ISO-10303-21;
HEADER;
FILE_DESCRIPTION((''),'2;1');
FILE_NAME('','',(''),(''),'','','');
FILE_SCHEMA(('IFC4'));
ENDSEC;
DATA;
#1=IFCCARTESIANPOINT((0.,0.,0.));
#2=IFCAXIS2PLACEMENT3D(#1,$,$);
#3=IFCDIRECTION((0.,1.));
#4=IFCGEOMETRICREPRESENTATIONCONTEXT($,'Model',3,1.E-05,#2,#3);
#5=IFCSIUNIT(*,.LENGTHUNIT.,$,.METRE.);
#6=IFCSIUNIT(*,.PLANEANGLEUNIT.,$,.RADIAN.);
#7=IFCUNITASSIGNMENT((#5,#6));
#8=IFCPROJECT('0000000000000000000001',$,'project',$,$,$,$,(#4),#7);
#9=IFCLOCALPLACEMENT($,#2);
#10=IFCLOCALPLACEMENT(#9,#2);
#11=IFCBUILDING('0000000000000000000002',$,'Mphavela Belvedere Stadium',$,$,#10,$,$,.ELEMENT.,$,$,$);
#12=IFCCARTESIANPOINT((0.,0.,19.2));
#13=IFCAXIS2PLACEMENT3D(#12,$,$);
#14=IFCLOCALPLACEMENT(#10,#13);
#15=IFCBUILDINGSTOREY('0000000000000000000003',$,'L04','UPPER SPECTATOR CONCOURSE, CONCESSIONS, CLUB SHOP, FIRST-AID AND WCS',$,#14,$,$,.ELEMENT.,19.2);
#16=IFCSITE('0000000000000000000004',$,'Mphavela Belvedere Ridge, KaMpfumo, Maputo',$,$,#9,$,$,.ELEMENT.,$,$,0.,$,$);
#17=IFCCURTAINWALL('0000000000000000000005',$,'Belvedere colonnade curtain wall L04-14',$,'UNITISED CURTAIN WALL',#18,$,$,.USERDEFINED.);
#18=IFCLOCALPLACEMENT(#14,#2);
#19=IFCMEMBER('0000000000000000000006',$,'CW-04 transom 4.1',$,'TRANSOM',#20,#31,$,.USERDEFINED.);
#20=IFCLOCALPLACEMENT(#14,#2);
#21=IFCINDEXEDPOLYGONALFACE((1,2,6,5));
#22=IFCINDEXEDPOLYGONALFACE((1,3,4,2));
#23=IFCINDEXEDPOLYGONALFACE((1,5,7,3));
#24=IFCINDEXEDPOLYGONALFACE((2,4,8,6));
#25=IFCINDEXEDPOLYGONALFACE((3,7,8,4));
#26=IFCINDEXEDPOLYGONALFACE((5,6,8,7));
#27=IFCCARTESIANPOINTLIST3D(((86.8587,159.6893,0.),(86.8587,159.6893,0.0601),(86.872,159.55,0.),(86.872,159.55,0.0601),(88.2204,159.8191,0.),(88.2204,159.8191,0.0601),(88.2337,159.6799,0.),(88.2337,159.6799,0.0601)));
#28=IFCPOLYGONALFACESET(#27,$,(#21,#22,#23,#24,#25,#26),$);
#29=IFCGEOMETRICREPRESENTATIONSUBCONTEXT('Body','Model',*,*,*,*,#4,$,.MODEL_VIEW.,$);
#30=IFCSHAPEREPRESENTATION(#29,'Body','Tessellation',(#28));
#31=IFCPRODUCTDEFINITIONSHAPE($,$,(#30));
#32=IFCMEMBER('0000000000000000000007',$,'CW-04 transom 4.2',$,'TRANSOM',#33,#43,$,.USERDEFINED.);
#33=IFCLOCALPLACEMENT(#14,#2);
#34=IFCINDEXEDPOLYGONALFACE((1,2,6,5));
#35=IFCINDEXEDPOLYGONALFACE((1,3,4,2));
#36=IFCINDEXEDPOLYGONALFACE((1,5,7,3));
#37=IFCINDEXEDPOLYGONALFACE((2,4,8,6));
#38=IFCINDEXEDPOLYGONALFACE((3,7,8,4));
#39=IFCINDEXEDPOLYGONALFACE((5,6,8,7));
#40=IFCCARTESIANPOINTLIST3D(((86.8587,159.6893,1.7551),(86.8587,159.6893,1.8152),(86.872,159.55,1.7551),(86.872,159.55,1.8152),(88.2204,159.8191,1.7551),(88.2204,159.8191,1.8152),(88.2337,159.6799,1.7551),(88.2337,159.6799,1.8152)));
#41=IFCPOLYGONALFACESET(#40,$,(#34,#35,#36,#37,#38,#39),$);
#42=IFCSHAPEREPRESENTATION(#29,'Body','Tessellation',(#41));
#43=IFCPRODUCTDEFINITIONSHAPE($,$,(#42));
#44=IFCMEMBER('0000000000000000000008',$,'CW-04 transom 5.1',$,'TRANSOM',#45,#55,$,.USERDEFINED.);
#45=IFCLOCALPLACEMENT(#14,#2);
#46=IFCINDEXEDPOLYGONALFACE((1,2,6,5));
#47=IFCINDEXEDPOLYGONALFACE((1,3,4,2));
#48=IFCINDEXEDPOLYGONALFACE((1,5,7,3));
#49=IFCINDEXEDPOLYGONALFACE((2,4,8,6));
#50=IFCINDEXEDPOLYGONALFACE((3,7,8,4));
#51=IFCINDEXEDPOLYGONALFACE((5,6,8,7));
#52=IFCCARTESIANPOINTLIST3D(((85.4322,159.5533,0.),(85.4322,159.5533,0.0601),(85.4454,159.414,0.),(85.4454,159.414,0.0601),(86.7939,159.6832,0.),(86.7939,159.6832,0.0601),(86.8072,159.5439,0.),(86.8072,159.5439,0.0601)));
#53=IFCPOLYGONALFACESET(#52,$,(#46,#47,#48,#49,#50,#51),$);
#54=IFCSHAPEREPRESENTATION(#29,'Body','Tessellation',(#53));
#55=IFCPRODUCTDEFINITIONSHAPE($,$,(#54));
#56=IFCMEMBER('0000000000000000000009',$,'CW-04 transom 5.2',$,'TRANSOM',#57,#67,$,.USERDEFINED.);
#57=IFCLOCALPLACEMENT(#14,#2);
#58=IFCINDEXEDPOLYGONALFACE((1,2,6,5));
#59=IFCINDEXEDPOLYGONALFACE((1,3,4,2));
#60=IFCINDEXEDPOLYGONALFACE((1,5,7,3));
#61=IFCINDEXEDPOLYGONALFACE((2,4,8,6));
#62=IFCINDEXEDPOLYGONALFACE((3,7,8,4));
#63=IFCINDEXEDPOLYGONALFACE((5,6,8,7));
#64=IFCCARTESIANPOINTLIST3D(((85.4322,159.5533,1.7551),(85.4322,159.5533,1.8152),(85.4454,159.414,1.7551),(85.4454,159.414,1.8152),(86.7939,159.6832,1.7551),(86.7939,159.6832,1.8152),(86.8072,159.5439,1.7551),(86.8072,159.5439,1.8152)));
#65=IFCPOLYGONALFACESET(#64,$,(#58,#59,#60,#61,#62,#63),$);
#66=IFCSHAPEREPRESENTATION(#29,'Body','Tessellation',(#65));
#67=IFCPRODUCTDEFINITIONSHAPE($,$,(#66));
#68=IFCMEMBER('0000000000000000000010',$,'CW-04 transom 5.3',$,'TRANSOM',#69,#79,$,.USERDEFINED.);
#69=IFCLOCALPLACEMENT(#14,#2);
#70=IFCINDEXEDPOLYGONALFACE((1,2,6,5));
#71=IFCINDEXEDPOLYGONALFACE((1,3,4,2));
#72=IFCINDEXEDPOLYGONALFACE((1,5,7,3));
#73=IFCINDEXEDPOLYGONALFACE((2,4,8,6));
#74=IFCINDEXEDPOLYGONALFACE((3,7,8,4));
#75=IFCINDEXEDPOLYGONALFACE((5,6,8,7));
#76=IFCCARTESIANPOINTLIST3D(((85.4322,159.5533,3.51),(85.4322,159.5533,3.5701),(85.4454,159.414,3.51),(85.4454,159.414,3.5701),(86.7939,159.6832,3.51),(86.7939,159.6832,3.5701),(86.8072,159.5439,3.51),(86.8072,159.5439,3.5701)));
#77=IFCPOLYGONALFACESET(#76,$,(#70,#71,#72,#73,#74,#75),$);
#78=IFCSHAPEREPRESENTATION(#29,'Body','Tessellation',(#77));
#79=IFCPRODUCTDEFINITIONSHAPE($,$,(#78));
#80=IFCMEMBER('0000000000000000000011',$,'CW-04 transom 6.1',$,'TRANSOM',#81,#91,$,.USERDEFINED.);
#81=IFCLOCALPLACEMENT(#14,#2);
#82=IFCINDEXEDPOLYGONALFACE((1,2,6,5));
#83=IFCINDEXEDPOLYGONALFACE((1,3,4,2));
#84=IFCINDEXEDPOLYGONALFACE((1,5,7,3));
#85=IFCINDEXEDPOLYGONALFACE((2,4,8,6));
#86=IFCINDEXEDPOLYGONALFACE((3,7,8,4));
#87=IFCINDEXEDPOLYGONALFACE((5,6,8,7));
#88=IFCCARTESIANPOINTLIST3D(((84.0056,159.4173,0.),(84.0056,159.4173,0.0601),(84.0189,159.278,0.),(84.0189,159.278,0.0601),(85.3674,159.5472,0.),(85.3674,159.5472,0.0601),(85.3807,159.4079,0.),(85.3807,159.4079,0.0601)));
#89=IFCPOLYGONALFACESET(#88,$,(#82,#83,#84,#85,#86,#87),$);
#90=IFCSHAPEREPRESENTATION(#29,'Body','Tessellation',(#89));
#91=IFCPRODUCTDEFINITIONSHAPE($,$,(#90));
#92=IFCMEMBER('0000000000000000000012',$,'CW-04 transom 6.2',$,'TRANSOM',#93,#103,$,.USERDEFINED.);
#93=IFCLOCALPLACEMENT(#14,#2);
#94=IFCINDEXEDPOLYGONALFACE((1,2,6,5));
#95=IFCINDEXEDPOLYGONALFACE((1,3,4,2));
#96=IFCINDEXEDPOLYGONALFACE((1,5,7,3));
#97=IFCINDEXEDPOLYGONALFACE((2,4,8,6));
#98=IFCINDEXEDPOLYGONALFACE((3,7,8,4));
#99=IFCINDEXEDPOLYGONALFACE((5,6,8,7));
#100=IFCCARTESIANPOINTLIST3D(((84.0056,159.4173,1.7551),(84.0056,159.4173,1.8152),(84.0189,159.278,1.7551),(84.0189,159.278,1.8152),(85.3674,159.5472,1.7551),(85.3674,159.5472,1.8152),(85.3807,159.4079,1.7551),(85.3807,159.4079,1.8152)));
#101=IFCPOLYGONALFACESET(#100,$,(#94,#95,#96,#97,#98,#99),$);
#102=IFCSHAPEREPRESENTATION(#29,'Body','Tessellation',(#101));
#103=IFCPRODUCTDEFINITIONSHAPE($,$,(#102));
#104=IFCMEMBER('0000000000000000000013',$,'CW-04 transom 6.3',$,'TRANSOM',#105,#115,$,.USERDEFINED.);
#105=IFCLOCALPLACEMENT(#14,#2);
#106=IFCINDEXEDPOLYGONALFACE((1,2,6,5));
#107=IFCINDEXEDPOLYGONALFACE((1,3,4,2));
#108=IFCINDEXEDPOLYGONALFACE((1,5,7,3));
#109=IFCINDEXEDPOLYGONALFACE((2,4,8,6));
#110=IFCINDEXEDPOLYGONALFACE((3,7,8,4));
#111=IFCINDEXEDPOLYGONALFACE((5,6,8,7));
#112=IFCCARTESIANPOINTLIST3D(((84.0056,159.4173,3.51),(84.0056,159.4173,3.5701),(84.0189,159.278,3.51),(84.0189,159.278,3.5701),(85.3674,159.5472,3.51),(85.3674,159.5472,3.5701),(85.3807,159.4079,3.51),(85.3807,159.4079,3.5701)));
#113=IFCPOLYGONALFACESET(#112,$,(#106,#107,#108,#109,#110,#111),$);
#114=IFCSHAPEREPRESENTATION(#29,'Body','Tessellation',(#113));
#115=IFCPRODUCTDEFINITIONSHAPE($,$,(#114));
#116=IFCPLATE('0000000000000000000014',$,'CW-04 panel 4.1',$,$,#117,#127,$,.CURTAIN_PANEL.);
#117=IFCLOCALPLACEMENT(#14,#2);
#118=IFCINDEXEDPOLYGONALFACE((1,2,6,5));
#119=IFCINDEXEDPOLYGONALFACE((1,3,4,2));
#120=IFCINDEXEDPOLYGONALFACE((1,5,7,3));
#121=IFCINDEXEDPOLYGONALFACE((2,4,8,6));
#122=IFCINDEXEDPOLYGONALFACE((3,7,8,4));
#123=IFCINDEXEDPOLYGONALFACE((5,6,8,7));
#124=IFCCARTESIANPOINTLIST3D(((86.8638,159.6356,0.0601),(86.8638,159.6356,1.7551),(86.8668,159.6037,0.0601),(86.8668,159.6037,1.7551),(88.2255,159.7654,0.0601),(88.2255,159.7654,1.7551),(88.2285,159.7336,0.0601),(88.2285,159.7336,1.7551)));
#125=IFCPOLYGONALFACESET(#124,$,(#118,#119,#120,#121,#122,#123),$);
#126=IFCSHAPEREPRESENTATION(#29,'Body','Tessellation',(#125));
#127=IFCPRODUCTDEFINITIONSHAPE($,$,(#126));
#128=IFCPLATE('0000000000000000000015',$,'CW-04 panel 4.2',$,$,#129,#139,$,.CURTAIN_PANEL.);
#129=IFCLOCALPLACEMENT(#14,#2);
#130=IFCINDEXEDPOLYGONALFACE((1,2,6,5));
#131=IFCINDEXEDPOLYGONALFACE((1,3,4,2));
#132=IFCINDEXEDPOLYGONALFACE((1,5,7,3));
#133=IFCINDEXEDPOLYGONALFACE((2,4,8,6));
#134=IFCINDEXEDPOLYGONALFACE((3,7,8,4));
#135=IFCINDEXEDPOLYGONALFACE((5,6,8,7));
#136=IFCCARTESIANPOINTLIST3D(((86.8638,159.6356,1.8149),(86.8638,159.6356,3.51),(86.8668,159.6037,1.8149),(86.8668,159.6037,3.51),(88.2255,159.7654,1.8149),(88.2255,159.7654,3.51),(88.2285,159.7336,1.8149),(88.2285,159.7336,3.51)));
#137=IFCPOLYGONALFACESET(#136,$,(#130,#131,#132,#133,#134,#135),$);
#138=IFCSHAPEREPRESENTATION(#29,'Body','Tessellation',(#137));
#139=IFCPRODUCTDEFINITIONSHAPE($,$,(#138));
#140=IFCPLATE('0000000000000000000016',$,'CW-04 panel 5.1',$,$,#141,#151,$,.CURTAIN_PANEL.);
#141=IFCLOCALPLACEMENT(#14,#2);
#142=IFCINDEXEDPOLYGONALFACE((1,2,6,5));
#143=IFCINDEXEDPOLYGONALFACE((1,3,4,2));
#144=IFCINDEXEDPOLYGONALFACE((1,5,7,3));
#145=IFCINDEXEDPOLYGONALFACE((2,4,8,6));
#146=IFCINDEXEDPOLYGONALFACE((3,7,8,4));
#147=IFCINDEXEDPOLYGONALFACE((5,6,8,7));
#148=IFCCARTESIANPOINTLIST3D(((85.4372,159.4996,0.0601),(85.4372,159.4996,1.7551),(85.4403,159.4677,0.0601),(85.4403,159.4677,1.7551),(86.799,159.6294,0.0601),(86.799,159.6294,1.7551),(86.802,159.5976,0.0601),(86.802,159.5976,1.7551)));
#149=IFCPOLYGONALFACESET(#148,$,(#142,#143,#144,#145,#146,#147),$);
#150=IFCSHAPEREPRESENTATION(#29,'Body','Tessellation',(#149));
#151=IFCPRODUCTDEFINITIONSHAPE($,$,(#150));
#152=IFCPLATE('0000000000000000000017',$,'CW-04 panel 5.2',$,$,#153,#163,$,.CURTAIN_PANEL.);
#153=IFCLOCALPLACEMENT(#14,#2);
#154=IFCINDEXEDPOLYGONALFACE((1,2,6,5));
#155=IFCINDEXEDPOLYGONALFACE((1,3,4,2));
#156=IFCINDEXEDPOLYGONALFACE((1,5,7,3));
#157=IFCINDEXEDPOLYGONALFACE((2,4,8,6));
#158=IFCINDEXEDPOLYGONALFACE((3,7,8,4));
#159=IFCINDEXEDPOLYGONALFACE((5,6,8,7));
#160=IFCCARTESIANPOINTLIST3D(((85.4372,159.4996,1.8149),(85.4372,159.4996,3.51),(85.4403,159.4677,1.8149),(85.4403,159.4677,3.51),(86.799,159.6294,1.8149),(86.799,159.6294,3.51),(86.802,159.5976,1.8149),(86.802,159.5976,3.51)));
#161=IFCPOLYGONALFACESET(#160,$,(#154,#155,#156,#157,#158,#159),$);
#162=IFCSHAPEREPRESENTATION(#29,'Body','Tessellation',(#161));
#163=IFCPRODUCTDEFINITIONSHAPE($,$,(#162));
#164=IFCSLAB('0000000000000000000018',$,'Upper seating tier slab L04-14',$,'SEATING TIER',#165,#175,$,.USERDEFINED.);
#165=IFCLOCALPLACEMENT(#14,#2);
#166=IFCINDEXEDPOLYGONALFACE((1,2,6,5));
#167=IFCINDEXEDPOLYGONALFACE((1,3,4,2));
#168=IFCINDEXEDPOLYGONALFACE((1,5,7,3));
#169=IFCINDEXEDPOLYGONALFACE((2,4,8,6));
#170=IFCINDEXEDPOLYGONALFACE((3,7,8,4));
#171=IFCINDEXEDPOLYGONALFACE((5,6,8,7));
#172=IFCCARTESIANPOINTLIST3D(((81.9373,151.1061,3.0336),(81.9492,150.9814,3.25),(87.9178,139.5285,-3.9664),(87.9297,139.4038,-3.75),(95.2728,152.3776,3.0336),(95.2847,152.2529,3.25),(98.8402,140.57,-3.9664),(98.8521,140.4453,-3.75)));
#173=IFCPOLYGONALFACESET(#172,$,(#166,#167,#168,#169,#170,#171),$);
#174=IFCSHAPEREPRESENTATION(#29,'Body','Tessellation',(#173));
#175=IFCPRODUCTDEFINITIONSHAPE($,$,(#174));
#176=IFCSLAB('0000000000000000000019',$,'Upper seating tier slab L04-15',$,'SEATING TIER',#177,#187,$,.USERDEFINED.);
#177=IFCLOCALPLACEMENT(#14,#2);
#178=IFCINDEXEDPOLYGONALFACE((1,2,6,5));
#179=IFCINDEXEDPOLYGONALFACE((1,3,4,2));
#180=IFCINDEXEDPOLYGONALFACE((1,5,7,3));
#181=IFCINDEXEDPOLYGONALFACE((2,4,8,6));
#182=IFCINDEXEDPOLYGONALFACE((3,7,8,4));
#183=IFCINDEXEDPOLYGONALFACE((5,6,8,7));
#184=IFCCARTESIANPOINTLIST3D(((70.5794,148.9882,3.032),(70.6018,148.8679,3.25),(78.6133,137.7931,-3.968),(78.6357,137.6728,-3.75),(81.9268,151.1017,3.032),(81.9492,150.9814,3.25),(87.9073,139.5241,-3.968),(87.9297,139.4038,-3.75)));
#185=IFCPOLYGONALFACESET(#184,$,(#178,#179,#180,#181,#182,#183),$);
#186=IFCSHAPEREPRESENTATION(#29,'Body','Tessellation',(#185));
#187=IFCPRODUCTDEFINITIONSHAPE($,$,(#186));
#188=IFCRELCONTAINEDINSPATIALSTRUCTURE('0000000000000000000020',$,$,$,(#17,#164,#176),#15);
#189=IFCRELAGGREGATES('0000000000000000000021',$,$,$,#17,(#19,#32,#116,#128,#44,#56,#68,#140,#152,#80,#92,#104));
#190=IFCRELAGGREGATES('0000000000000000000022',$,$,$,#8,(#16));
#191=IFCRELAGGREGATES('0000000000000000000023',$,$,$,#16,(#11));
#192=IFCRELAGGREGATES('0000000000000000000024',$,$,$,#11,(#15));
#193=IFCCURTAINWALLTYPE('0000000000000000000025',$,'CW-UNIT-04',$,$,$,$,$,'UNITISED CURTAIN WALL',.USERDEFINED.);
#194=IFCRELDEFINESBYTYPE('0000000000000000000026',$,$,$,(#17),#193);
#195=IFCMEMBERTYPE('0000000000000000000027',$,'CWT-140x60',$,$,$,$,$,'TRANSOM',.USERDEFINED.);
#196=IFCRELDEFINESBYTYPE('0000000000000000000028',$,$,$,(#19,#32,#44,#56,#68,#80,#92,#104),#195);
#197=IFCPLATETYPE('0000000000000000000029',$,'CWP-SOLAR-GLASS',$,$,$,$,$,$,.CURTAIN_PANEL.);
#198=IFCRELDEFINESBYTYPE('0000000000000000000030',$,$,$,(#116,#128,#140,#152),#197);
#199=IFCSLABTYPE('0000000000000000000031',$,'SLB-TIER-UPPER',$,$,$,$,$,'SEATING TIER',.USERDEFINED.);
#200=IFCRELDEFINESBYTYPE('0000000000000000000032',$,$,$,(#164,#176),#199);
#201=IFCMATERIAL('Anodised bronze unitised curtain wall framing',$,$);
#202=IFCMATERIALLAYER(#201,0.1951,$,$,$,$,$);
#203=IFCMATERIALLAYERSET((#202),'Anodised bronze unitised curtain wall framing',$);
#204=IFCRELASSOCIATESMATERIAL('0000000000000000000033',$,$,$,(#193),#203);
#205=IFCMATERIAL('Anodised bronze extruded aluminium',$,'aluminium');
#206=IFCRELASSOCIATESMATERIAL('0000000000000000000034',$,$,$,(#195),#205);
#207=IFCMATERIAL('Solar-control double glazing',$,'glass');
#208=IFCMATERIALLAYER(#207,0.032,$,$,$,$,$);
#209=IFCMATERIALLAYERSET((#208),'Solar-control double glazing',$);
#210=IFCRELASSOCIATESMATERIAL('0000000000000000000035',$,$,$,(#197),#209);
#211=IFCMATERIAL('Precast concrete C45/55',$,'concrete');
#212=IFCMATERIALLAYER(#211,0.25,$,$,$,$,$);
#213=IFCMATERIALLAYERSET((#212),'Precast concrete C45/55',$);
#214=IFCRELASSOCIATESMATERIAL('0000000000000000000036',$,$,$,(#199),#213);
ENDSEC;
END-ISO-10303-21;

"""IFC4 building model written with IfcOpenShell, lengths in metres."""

from ifc_helpers import new_model, si_unit, direction, frame, origin, origin_2d, place, context, subcontext, project, spatial, polyline, rectangle, outline, extrude, material, layer, layer_set, material_profile, profile_set, type_object, element, aggregate, save


model = new_model("IFC4")

# Units and contexts
model_context = context("Model", 3, precision=1e-05, world=origin(), true_north=direction((0.0, 1.0)))
body_context = subcontext(model_context, "Body", "Model", "MODEL_VIEW")
ifc_project = project(units=[si_unit("LENGTHUNIT", "METRE"), si_unit("PLANEANGLEUNIT", "RADIAN")], contexts=[model_context])

# Site, building, storey
site_placement = place(None, origin())
site = spatial("IfcSite", under=ifc_project, at=site_placement, Name="Mphavela Belvedere Ridge, KaMpfumo, Maputo", CompositionType="ELEMENT", RefElevation=0.0)
building_placement = place(site_placement, origin())
building = spatial("IfcBuilding", under=site, at=building_placement, Name="Mphavela Belvedere Stadium", CompositionType="ELEMENT")
storey_placement = place(building_placement, frame((0.0, 0.0, 19.2)))
storey = spatial("IfcBuildingStorey", under=building, at=storey_placement, Name="L04", Description="UPPER SPECTATOR CONCOURSE, CONCESSIONS, CLUB SHOP, FIRST-AID AND WCS", CompositionType="ELEMENT", Elevation=19.2)

# Curtain wall, members, plates
ifc_material_1 = material(Name="Anodised bronze unitised curtain wall framing")
ifc_layer_1 = layer(ifc_material_1, 0.1951)
ifc_layer_set_1 = layer_set([ifc_layer_1], Name="Anodised bronze unitised curtain wall framing")
curtain_wall_type = type_object("IfcCurtainWallType", Name="CW-UNIT-04", ElementType="UNITISED CURTAIN WALL", PredefinedType="USERDEFINED", material=ifc_layer_set_1)
curtain_wall_placement = place(storey_placement, origin())
curtain_wall = element("IfcCurtainWall", 1, at=curtain_wall_placement, inside=storey, type_object=curtain_wall_type, Name="Belvedere colonnade curtain wall L04-14", ObjectType="UNITISED CURTAIN WALL", PredefinedType="USERDEFINED")
ifc_material_2 = material(Name="Anodised bronze extruded aluminium", Category="aluminium")
ifc_material_profile_1 = material_profile(ifc_material_2, rectangle(XDim=0.1399, YDim=0.0601, at=origin_2d()), Name="CW-TRN 140x60")
ifc_profile_set_1 = profile_set([ifc_material_profile_1], Name="Anodised bronze extruded aluminium")
member_type_1 = type_object("IfcMemberType", Name="CWT-140x60", ElementType="TRANSOM", PredefinedType="USERDEFINED", material=ifc_profile_set_1)
member_1_placement = place(storey_placement, frame((88.2271, 159.7495, 0.03), z_axis=(-0.995483, -0.094944, 0.0), x_axis=(0.094944, -0.995483, 0.0)))
member_1 = element("IfcMember", 2, at=member_1_placement, type_object=member_type_1, Name="CW-04 transom 4.1", ObjectType="TRANSOM", PredefinedType="USERDEFINED", context=body_context, shape_type="SweptSolid", body=[
    extrude(rectangle(XDim=0.1399, YDim=0.0601, at=origin_2d()), origin(), (0.0, 0.0, 1.0), 1.3679),
])
member_2_placement = place(storey_placement, frame((88.2271, 159.7495, 1.7852), z_axis=(-0.995483, -0.094944, 0.0), x_axis=(0.094944, -0.995483, 0.0)))
member_2 = element("IfcMember", 3, at=member_2_placement, type_object=member_type_1, Name="CW-04 transom 4.2", ObjectType="TRANSOM", PredefinedType="USERDEFINED", context=body_context, shape_type="SweptSolid", body=[
    extrude(rectangle(XDim=0.1399, YDim=0.0601, at=origin_2d()), origin(), (0.0, 0.0, 1.0), 1.3679),
])
member_3_placement = place(storey_placement, frame((86.8005, 159.6135, 0.03), z_axis=(-0.995483, -0.094944, 0.0), x_axis=(0.094944, -0.995483, 0.0)))
member_3 = element("IfcMember", 4, at=member_3_placement, type_object=member_type_1, Name="CW-04 transom 5.1", ObjectType="TRANSOM", PredefinedType="USERDEFINED", context=body_context, shape_type="SweptSolid", body=[
    extrude(rectangle(XDim=0.1399, YDim=0.0601, at=origin_2d()), origin(), (0.0, 0.0, 1.0), 1.3679),
])
member_4_placement = place(storey_placement, frame((86.8005, 159.6135, 1.7852), z_axis=(-0.995483, -0.094944, 0.0), x_axis=(0.094944, -0.995483, 0.0)))
member_4 = element("IfcMember", 5, at=member_4_placement, type_object=member_type_1, Name="CW-04 transom 5.2", ObjectType="TRANSOM", PredefinedType="USERDEFINED", context=body_context, shape_type="SweptSolid", body=[
    extrude(rectangle(XDim=0.1399, YDim=0.0601, at=origin_2d()), origin(), (0.0, 0.0, 1.0), 1.3679),
])
member_5_placement = place(storey_placement, frame((86.8005, 159.6135, 3.54), z_axis=(-0.995483, -0.094944, 0.0), x_axis=(0.094944, -0.995483, 0.0)))
member_5 = element("IfcMember", 6, at=member_5_placement, type_object=member_type_1, Name="CW-04 transom 5.3", ObjectType="TRANSOM", PredefinedType="USERDEFINED", context=body_context, shape_type="SweptSolid", body=[
    extrude(rectangle(XDim=0.1399, YDim=0.0601, at=origin_2d()), origin(), (0.0, 0.0, 1.0), 1.3679),
])
member_6_placement = place(storey_placement, frame((85.374, 159.4775, 0.03), z_axis=(-0.995483, -0.094944, 0.0), x_axis=(0.094944, -0.995483, 0.0)))
member_6 = element("IfcMember", 7, at=member_6_placement, type_object=member_type_1, Name="CW-04 transom 6.1", ObjectType="TRANSOM", PredefinedType="USERDEFINED", context=body_context, shape_type="SweptSolid", body=[
    extrude(rectangle(XDim=0.1399, YDim=0.0601, at=origin_2d()), origin(), (0.0, 0.0, 1.0), 1.3679),
])
member_7_placement = place(storey_placement, frame((85.374, 159.4775, 1.7852), z_axis=(-0.995483, -0.094944, 0.0), x_axis=(0.094944, -0.995483, 0.0)))
member_7 = element("IfcMember", 8, at=member_7_placement, type_object=member_type_1, Name="CW-04 transom 6.2", ObjectType="TRANSOM", PredefinedType="USERDEFINED", context=body_context, shape_type="SweptSolid", body=[
    extrude(rectangle(XDim=0.1399, YDim=0.0601, at=origin_2d()), origin(), (0.0, 0.0, 1.0), 1.3679),
])
member_8_placement = place(storey_placement, frame((85.374, 159.4775, 3.54), z_axis=(-0.995483, -0.094944, 0.0), x_axis=(0.094944, -0.995483, 0.0)))
member_8 = element("IfcMember", 9, at=member_8_placement, type_object=member_type_1, Name="CW-04 transom 6.3", ObjectType="TRANSOM", PredefinedType="USERDEFINED", context=body_context, shape_type="SweptSolid", body=[
    extrude(rectangle(XDim=0.1399, YDim=0.0601, at=origin_2d()), origin(), (0.0, 0.0, 1.0), 1.3679),
])
ifc_material_3 = material(Name="Solar-control double glazing", Category="glass")
ifc_layer_2 = layer(ifc_material_3, 0.032)
ifc_layer_set_2 = layer_set([ifc_layer_2], Name="Solar-control double glazing")
plate_type = type_object("IfcPlateType", Name="CWP-SOLAR-GLASS", PredefinedType="CURTAIN_PANEL", material=ifc_layer_set_2)
plate_1_placement = place(storey_placement, frame((87.5461, 159.6846, 0.0601), z_axis=(0.0, 0.0, 1.0), x_axis=(-0.995484, -0.094933, 0.0)))
plate_1 = element("IfcPlate", 10, at=plate_1_placement, type_object=plate_type, Name="CW-04 panel 4.1", PredefinedType="CURTAIN_PANEL", context=body_context, shape_type="SweptSolid", body=[
    extrude(rectangle(XDim=1.3679, YDim=0.032, at=origin_2d()), origin(), (0.0, 0.0, 1.0), 1.6951),
])
plate_2_placement = place(storey_placement, frame((87.5461, 159.6846, 1.8149), z_axis=(0.0, 0.0, 1.0), x_axis=(-0.995484, -0.094933, 0.0)))
plate_2 = element("IfcPlate", 11, at=plate_2_placement, type_object=plate_type, Name="CW-04 panel 4.2", PredefinedType="CURTAIN_PANEL", context=body_context, shape_type="SweptSolid", body=[
    extrude(rectangle(XDim=1.3679, YDim=0.032, at=origin_2d()), origin(), (0.0, 0.0, 1.0), 1.6951),
])
plate_3_placement = place(storey_placement, frame((86.1196, 159.5486, 0.0601), z_axis=(0.0, 0.0, 1.0), x_axis=(-0.995484, -0.094933, 0.0)))
plate_3 = element("IfcPlate", 12, at=plate_3_placement, type_object=plate_type, Name="CW-04 panel 5.1", PredefinedType="CURTAIN_PANEL", context=body_context, shape_type="SweptSolid", body=[
    extrude(rectangle(XDim=1.3679, YDim=0.032, at=origin_2d()), origin(), (0.0, 0.0, 1.0), 1.6951),
])
plate_4_placement = place(storey_placement, frame((86.1196, 159.5486, 1.8149), z_axis=(0.0, 0.0, 1.0), x_axis=(-0.995484, -0.094933, 0.0)))
plate_4 = element("IfcPlate", 13, at=plate_4_placement, type_object=plate_type, Name="CW-04 panel 5.2", PredefinedType="CURTAIN_PANEL", context=body_context, shape_type="SweptSolid", body=[
    extrude(rectangle(XDim=1.3679, YDim=0.032, at=origin_2d()), origin(), (0.0, 0.0, 1.0), 1.6951),
])
aggregate(curtain_wall, [member_1, member_2, plate_1, plate_2, member_3, member_4, member_5, plate_3, plate_4, member_6, member_7, member_8])

# Slabs
ifc_material_4 = material(Name="Precast concrete C45/55", Category="concrete")
ifc_layer_3 = layer(ifc_material_4, 0.25)
ifc_layer_set_3 = layer_set([ifc_layer_3], Name="Precast concrete C45/55")
slab_type = type_object("IfcSlabType", Name="SLB-TIER-UPPER", ElementType="SEATING TIER", PredefinedType="USERDEFINED", material=ifc_layer_set_3)
slab_1_placement = place(storey_placement, frame((98.8521, 140.4453, -3.75), z_axis=(0.047552, -0.49871, 0.865463), x_axis=(-0.995485, -0.094923, -0.000002)))
element("IfcSlab", 14, at=slab_1_placement, inside=storey, type_object=slab_type, Name="Upper seating tier slab L04-14", ObjectType="SEATING TIER", PredefinedType="USERDEFINED", context=body_context, shape_type="SweptSolid", body=[
    extrude(outline(polyline([(0.0, 0.0), (10.9719, 0.0), (15.8264, -13.9729), (2.4304, -13.9728), (0.0, 0.0)])), origin(), (0.0, 0.0, -1.0), 0.25),
])
slab_2_placement = place(storey_placement, frame((87.9297, 139.4038, -3.75), z_axis=(0.089591, -0.48102, 0.87212), x_axis=(-0.983095, -0.183098, 0.000002)))
element("IfcSlab", 15, at=slab_2_placement, inside=storey, type_object=slab_type, Name="Upper seating tier slab L04-15", ObjectType="SEATING TIER", PredefinedType="USERDEFINED", context=body_context, shape_type="SweptSolid", body=[
    extrude(outline(polyline([(0.0, 0.0), (9.4538, 0.0), (15.3021, -14.3063), (3.7595, -14.3064), (0.0, 0.0)])), origin(), (0.0, 0.0, -1.0), 0.25),
])

save(model, "model.ifc")
